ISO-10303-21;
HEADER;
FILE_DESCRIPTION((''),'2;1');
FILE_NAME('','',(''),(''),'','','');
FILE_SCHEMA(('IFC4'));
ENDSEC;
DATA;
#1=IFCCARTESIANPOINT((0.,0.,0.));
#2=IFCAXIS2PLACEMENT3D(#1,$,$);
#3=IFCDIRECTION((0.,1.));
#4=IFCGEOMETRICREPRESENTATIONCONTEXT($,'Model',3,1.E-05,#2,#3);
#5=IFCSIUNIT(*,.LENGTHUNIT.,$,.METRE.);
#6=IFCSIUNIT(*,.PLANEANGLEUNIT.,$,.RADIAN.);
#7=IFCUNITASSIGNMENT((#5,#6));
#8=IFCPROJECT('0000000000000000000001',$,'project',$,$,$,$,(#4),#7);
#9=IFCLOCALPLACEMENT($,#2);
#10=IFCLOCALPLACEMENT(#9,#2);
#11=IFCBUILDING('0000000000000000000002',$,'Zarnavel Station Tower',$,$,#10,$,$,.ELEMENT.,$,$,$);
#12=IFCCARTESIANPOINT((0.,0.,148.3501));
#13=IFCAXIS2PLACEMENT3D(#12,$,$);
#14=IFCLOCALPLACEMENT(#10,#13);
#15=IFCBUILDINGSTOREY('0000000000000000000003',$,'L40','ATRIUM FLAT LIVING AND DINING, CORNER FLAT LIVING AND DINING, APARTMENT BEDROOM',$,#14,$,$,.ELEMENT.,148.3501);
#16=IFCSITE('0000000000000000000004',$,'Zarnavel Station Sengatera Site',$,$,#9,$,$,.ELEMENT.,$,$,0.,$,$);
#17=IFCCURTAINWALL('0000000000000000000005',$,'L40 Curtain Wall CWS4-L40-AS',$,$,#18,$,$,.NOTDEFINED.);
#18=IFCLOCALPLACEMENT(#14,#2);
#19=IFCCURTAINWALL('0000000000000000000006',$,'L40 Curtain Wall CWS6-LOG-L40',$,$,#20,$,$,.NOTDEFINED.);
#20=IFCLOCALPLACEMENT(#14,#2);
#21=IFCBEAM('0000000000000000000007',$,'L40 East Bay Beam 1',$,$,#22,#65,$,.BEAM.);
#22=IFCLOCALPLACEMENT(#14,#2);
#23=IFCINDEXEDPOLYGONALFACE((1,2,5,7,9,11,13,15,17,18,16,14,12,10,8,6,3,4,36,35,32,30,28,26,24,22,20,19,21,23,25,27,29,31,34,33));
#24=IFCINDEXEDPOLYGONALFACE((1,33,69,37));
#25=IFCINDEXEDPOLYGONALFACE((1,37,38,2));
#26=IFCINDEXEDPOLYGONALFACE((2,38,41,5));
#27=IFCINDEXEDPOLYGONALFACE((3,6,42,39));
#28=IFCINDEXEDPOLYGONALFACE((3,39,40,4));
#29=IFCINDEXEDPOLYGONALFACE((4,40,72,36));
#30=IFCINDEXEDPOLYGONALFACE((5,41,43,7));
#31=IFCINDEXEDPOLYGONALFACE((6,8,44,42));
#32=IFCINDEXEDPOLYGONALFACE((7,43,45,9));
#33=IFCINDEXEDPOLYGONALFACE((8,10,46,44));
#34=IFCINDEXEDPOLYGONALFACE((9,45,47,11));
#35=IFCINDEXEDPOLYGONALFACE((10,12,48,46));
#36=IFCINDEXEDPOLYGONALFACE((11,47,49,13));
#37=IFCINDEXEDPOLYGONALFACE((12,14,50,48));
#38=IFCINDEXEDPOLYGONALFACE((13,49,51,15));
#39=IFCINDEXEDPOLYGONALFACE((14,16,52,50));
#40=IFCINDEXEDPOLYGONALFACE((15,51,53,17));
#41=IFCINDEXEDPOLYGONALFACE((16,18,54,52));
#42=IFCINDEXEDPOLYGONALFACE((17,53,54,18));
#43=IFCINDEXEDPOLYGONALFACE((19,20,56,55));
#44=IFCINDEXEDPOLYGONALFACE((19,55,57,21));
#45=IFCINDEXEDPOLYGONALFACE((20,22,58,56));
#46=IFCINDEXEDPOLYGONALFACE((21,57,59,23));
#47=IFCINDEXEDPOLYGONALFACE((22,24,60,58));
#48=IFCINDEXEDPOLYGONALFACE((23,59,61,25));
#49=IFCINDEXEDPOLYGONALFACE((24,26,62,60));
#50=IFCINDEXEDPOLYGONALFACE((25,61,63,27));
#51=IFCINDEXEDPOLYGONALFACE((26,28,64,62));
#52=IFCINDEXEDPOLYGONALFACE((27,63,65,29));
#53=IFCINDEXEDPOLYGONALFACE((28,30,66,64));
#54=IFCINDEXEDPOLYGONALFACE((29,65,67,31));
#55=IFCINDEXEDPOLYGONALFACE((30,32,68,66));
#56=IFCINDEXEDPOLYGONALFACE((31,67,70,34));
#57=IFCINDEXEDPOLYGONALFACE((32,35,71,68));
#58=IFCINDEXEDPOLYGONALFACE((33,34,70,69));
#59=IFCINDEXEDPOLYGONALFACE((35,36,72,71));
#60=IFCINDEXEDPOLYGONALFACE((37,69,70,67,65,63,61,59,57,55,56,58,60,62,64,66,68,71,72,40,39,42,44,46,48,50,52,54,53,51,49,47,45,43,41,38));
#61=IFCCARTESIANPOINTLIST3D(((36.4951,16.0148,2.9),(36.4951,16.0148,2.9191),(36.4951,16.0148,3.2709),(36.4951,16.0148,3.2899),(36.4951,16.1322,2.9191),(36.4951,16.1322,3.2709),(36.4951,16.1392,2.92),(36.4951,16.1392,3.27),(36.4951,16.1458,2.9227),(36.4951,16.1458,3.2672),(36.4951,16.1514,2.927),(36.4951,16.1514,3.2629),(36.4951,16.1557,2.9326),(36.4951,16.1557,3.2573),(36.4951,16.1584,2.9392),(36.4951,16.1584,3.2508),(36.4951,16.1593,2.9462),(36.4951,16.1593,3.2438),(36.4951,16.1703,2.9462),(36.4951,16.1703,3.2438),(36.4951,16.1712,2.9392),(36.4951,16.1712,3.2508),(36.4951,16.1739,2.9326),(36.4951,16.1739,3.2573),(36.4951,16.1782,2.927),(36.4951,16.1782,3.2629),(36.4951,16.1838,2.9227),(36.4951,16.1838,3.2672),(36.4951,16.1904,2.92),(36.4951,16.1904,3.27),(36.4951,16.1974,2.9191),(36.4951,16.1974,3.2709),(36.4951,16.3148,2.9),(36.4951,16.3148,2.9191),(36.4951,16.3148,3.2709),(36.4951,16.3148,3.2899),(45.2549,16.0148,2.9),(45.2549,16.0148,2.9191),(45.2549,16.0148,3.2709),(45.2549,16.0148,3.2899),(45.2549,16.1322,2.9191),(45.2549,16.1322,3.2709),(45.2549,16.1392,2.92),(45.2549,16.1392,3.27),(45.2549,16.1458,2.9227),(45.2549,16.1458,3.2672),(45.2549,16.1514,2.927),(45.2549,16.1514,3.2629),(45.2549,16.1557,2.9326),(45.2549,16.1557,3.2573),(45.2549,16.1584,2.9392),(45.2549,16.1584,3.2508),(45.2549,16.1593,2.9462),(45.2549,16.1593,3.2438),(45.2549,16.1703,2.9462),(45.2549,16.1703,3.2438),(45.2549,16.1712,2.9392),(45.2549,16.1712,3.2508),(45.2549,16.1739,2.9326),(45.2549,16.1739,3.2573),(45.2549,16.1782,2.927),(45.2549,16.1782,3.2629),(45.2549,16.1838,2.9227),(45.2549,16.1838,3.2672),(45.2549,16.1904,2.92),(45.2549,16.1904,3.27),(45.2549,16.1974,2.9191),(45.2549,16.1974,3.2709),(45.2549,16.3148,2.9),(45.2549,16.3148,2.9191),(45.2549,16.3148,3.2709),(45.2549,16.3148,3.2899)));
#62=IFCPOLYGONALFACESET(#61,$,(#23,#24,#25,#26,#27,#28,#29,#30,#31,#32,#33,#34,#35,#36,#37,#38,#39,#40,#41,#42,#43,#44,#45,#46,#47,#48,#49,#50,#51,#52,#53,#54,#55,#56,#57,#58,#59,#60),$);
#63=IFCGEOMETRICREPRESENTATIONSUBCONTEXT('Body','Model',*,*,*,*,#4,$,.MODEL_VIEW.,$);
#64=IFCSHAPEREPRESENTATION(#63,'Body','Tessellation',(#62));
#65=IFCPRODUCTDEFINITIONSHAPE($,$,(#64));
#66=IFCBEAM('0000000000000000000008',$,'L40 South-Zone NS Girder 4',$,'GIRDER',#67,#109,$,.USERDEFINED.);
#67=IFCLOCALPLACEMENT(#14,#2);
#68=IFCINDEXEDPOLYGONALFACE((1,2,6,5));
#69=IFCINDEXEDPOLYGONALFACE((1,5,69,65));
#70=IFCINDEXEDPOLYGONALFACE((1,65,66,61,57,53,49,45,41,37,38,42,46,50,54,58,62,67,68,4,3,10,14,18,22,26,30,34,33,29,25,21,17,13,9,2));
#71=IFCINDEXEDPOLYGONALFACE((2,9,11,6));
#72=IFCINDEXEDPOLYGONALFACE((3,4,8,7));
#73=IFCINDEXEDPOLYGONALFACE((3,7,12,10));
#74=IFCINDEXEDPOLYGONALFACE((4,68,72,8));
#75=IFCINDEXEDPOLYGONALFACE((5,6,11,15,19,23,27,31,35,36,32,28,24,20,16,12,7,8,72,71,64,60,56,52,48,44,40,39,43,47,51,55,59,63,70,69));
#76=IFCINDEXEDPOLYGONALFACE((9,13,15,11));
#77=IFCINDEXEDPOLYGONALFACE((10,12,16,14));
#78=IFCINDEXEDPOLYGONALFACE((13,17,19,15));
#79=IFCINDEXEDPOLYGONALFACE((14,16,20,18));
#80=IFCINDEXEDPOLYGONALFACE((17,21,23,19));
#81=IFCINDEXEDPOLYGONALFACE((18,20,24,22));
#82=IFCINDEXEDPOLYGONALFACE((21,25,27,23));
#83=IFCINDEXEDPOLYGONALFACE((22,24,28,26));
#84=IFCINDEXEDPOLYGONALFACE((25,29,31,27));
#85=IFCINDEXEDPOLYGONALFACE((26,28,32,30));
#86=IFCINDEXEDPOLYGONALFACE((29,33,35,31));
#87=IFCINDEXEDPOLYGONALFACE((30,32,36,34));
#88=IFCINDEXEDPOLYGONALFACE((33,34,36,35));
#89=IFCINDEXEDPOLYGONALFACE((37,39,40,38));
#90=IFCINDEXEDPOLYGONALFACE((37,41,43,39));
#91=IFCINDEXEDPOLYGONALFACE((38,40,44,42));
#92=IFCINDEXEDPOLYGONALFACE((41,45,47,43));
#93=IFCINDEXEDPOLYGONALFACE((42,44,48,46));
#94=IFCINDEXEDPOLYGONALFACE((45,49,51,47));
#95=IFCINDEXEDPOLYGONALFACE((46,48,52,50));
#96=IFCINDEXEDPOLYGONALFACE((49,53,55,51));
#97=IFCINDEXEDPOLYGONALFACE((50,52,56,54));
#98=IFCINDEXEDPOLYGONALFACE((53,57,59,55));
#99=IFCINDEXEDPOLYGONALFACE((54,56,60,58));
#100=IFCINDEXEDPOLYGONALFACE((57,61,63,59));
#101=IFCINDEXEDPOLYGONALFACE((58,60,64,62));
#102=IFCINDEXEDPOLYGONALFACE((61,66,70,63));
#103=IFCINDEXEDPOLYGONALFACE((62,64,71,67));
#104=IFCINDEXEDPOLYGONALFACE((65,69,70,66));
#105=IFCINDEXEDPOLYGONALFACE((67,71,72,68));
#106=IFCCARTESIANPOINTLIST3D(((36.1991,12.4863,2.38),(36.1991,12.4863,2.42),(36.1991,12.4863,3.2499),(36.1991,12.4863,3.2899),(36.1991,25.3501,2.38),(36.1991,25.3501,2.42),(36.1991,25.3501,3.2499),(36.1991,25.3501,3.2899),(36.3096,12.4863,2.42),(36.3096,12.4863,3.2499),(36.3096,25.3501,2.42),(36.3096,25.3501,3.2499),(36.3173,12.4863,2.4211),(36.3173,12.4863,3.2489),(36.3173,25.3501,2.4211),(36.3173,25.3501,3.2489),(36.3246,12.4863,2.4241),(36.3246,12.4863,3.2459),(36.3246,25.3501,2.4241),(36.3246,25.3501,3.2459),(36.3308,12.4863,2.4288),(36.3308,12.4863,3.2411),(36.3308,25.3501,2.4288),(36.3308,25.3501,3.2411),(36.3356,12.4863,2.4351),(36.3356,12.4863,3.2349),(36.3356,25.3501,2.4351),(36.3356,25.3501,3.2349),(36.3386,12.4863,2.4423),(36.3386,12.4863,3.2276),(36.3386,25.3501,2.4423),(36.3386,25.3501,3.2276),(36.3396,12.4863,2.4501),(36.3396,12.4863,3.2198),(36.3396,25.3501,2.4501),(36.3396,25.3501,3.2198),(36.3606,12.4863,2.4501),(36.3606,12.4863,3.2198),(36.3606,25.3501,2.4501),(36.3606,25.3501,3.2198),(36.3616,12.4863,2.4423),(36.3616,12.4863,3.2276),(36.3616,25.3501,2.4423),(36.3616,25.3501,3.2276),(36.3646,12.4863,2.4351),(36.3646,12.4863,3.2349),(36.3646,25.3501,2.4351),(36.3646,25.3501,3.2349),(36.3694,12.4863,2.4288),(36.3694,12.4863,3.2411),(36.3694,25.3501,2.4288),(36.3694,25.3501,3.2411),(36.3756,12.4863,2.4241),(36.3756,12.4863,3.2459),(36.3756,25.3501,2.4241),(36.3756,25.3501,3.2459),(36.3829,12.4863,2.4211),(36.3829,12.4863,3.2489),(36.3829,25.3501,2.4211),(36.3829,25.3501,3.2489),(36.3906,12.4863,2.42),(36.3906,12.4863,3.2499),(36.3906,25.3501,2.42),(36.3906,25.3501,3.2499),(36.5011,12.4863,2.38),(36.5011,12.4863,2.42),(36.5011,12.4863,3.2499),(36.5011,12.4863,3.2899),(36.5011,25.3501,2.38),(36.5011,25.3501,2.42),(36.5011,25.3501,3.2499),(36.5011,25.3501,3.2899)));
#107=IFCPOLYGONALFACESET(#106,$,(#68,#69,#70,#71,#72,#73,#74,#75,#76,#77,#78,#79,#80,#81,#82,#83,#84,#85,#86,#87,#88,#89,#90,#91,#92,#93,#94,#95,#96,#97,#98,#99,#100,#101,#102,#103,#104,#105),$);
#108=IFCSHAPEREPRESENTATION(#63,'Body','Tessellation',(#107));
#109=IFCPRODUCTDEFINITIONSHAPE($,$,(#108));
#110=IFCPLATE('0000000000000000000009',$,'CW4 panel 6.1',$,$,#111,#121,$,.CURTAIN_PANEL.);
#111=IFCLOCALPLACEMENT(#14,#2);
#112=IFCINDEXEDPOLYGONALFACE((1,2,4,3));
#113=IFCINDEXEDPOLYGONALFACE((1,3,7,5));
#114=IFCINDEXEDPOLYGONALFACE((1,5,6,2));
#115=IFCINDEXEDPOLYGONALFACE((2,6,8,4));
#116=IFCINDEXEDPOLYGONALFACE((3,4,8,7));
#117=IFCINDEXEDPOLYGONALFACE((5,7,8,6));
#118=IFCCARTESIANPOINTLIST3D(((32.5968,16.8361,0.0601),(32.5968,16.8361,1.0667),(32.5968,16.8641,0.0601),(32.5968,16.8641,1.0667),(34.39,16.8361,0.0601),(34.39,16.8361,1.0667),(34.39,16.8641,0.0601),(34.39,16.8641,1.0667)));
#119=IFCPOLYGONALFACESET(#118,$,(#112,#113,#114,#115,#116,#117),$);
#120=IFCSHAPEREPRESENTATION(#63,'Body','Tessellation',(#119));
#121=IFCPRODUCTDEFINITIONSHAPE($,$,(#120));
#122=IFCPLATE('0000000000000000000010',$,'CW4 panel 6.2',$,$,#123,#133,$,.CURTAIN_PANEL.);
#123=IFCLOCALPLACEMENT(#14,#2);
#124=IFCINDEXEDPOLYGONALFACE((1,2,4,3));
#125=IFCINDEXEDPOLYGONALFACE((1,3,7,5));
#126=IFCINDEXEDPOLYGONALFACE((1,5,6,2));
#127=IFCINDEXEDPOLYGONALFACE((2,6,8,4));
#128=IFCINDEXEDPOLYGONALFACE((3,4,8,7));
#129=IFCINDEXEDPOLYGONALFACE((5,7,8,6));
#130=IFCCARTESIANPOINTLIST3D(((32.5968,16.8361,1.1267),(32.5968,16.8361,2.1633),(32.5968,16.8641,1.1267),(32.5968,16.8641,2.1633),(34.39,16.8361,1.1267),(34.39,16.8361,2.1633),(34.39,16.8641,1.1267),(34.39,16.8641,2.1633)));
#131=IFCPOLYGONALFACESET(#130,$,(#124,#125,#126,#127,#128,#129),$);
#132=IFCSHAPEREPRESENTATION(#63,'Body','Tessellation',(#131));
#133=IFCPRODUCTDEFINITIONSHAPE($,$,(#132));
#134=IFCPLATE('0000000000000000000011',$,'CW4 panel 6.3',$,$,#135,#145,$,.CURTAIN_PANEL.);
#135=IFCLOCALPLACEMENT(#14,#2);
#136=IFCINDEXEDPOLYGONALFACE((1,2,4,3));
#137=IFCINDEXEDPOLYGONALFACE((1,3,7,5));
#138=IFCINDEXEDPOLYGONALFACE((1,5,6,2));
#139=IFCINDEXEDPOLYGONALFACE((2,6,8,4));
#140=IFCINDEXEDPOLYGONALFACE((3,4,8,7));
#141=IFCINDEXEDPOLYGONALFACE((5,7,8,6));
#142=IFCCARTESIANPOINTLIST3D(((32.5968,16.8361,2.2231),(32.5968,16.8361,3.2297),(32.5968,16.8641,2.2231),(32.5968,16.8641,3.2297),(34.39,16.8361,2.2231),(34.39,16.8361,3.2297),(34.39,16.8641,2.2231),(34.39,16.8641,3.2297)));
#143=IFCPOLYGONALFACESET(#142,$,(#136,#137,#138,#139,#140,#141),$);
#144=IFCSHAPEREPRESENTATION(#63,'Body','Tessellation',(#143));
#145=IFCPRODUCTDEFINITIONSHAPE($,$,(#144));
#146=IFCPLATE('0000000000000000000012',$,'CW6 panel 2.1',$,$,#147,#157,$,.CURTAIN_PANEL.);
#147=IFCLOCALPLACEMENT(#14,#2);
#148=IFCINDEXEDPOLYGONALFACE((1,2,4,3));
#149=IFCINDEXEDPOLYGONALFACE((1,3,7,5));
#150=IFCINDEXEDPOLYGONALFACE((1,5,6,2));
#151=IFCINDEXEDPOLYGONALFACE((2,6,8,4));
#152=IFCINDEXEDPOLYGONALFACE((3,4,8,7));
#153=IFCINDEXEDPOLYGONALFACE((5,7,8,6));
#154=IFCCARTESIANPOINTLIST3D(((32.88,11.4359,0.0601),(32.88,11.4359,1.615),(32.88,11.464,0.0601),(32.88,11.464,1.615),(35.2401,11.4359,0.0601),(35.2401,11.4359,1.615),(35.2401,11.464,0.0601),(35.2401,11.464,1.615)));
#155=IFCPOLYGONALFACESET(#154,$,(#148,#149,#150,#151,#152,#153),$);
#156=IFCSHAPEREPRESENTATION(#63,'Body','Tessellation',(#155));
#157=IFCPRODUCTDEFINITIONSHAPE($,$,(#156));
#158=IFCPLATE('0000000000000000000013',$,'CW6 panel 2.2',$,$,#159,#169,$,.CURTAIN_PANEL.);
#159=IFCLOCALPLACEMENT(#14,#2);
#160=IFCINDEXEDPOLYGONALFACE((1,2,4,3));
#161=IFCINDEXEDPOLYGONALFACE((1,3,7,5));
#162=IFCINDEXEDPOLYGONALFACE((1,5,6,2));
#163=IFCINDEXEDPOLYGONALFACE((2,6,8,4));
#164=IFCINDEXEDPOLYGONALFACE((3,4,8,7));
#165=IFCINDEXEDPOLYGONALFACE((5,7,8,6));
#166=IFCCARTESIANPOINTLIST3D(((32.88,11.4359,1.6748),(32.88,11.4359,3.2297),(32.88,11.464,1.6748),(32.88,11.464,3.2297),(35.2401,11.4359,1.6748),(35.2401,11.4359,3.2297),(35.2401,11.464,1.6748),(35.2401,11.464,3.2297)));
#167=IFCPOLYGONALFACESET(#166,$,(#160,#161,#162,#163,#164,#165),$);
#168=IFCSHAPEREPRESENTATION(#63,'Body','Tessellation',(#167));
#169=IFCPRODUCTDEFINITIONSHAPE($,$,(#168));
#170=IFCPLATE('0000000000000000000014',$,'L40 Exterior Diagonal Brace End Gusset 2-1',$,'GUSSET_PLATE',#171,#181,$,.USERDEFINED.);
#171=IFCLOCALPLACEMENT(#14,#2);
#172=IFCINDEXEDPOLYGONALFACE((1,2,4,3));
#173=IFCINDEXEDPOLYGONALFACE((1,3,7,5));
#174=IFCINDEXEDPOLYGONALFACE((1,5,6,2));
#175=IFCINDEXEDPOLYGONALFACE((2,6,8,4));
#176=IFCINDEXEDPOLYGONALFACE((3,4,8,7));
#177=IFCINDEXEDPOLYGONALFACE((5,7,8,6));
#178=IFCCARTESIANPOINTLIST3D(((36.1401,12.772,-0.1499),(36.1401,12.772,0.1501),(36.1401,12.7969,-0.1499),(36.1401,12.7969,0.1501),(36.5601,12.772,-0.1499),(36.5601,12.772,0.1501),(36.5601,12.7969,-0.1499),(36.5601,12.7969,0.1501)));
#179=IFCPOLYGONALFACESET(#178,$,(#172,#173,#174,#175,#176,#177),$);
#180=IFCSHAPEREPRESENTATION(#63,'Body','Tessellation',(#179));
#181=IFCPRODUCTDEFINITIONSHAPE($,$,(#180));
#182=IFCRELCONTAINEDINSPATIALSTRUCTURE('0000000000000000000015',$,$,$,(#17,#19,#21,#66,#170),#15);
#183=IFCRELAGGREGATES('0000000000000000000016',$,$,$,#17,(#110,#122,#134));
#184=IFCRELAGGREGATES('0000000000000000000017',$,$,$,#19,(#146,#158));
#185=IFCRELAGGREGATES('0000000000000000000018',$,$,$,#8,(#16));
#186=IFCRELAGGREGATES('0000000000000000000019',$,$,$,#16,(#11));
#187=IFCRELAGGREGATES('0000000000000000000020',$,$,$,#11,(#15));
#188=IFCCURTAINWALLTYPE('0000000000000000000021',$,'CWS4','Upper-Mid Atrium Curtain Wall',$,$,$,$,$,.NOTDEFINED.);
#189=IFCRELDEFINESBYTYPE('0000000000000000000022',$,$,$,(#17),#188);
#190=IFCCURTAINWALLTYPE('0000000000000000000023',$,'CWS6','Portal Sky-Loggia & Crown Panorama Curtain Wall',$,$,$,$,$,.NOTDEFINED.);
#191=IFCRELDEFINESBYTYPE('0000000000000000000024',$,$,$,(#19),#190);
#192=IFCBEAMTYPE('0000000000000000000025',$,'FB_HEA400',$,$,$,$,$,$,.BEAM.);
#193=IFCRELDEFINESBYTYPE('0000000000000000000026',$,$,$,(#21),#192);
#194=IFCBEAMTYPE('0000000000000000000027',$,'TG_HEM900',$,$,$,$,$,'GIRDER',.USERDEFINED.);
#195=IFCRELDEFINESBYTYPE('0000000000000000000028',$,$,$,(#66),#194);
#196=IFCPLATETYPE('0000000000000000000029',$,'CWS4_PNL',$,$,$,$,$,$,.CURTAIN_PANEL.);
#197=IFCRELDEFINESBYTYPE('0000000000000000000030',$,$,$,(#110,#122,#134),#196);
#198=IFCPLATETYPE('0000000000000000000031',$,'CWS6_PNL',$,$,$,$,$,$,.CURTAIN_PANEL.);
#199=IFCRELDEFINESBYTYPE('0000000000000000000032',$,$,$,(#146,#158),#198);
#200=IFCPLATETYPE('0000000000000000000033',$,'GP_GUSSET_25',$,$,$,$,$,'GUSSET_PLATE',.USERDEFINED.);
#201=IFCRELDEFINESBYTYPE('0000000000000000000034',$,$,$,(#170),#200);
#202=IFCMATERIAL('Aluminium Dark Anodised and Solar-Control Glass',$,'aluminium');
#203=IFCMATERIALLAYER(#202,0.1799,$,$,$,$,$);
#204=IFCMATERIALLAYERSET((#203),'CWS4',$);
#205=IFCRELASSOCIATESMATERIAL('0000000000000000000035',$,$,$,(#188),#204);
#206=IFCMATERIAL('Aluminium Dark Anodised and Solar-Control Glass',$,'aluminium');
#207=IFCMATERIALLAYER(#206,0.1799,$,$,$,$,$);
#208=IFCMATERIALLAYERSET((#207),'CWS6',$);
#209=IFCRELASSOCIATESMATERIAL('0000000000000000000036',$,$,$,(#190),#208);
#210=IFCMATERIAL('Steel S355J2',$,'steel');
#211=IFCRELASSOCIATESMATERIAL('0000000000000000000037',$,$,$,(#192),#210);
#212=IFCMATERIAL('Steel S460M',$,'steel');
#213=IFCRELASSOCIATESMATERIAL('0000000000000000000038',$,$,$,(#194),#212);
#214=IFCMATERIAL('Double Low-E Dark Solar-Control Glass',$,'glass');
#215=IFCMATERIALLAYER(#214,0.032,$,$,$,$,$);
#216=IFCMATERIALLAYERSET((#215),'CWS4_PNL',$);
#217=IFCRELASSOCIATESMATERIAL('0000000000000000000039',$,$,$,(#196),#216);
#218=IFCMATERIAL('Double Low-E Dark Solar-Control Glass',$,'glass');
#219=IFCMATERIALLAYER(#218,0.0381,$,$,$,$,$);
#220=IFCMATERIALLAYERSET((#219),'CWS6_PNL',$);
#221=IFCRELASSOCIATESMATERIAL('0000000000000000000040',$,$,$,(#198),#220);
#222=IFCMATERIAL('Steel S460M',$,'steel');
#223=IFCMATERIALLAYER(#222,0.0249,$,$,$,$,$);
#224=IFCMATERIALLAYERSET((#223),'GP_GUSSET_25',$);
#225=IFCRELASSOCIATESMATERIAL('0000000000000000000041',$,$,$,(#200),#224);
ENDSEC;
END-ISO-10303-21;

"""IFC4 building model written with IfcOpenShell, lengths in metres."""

from ifc_helpers import new_model, si_unit, direction, frame, origin, origin_2d, place, context, subcontext, project, spatial, rectangle, i_section, extrude, material, layer, layer_set, material_profile, profile_set, type_object, element, aggregate, save


model = new_model("IFC4")

# Units and contexts
model_context = context("Model", 3, precision=1e-05, world=origin(), true_north=direction((0.0, 1.0)))
body_context = subcontext(model_context, "Body", "Model", "MODEL_VIEW")
ifc_project = project(units=[si_unit("LENGTHUNIT", "METRE"), si_unit("PLANEANGLEUNIT", "RADIAN")], contexts=[model_context])

# Site, building, storey
site_placement = place(None, origin())
site = spatial("IfcSite", under=ifc_project, at=site_placement, Name="Zarnavel Station Sengatera Site", CompositionType="ELEMENT", RefElevation=0.0)
building_placement = place(site_placement, origin())
building = spatial("IfcBuilding", under=site, at=building_placement, Name="Zarnavel Station Tower", CompositionType="ELEMENT")
storey_placement = place(building_placement, frame((0.0, 0.0, 148.3501)))
storey = spatial("IfcBuildingStorey", under=building, at=storey_placement, Name="L40", Description="ATRIUM FLAT LIVING AND DINING, CORNER FLAT LIVING AND DINING, APARTMENT BEDROOM", CompositionType="ELEMENT", Elevation=148.3501)

# Curtain walls
ifc_material_1 = material(Name="Aluminium Dark Anodised and Solar-Control Glass", Category="aluminium")
ifc_layer_1 = layer(ifc_material_1, 0.1799)
ifc_layer_set_1 = layer_set([ifc_layer_1], Name="CWS4")
curtain_wall_type_1 = type_object("IfcCurtainWallType", Name="CWS4", Description="Upper-Mid Atrium Curtain Wall", PredefinedType="NOTDEFINED", material=ifc_layer_set_1)
curtain_wall_1_placement = place(storey_placement, origin())
curtain_wall_1 = element("IfcCurtainWall", 1, at=curtain_wall_1_placement, inside=storey, type_object=curtain_wall_type_1, Name="L40 Curtain Wall CWS4-L40-AS", PredefinedType="NOTDEFINED")
ifc_material_2 = material(Name="Aluminium Dark Anodised and Solar-Control Glass", Category="aluminium")
ifc_layer_2 = layer(ifc_material_2, 0.1799)
ifc_layer_set_2 = layer_set([ifc_layer_2], Name="CWS6")
curtain_wall_type_2 = type_object("IfcCurtainWallType", Name="CWS6", Description="Portal Sky-Loggia & Crown Panorama Curtain Wall", PredefinedType="NOTDEFINED", material=ifc_layer_set_2)
curtain_wall_2_placement = place(storey_placement, origin())
curtain_wall_2 = element("IfcCurtainWall", 2, at=curtain_wall_2_placement, inside=storey, type_object=curtain_wall_type_2, Name="L40 Curtain Wall CWS6-LOG-L40", PredefinedType="NOTDEFINED")

# Beams
ifc_material_3 = material(Name="Steel S355J2", Category="steel")
ifc_material_profile_1 = material_profile(ifc_material_3, i_section(OverallWidth=0.3, OverallDepth=0.3899, WebThickness=0.011, FlangeThickness=0.019, FilletRadius=0.0271, at=origin_2d()), Name="HEA400")
ifc_profile_set_1 = profile_set([ifc_material_profile_1], Name="Steel S355J2")
beam_type_1 = type_object("IfcBeamType", Name="FB_HEA400", PredefinedType="BEAM", material=ifc_profile_set_1)
beam_1_placement = place(storey_placement, frame((36.4951, 16.1648, 3.095), z_axis=(1.0, 0.0, 0.0), x_axis=(0.0, 1.0, 0.0)))
element("IfcBeam", 3, at=beam_1_placement, inside=storey, type_object=beam_type_1, Name="L40 East Bay Beam 1", PredefinedType="BEAM", context=body_context, shape_type="SweptSolid", body=[
    extrude(i_section(OverallWidth=0.3, OverallDepth=0.3899, WebThickness=0.011, FlangeThickness=0.019, FilletRadius=0.0271, at=origin_2d()), origin(), (0.0, 0.0, 1.0), 8.7598),
])
ifc_material_4 = material(Name="Steel S460M", Category="steel")
ifc_material_profile_2 = material_profile(ifc_material_4, i_section(OverallWidth=0.302, OverallDepth=0.9099, WebThickness=0.021, FlangeThickness=0.04, FilletRadius=0.03, at=origin_2d()), Name="HEM900")
ifc_profile_set_2 = profile_set([ifc_material_profile_2], Name="Steel S460M")
beam_type_2 = type_object("IfcBeamType", Name="TG_HEM900", ElementType="GIRDER", PredefinedType="USERDEFINED", material=ifc_profile_set_2)
beam_2_placement = place(storey_placement, frame((36.3501, 12.4863, 2.835), z_axis=(0.0, 1.0, 0.0), x_axis=(-1.0, 0.0, 0.0)))
element("IfcBeam", 4, at=beam_2_placement, inside=storey, type_object=beam_type_2, Name="L40 South-Zone NS Girder 4", ObjectType="GIRDER", PredefinedType="USERDEFINED", context=body_context, shape_type="SweptSolid", body=[
    extrude(i_section(OverallWidth=0.302, OverallDepth=0.9099, WebThickness=0.021, FlangeThickness=0.04, FilletRadius=0.03, at=origin_2d()), origin(), (0.0, 0.0, 1.0), 12.8638),
])

# Plates
ifc_material_5 = material(Name="Double Low-E Dark Solar-Control Glass", Category="glass")
ifc_layer_3 = layer(ifc_material_5, 0.032)
ifc_layer_set_3 = layer_set([ifc_layer_3], Name="CWS4_PNL")
plate_type_1 = type_object("IfcPlateType", Name="CWS4_PNL", PredefinedType="CURTAIN_PANEL", material=ifc_layer_set_3)
plate_1_placement = place(storey_placement, frame((33.4934, 16.8501, 0.0601), z_axis=(0.0, 0.0, 1.0), x_axis=(1.0, 0.0, 0.0)))
plate_1 = element("IfcPlate", 5, at=plate_1_placement, type_object=plate_type_1, Name="CW4 panel 6.1", PredefinedType="CURTAIN_PANEL", context=body_context, shape_type="SweptSolid", body=[
    extrude(rectangle(XDim=1.7932, YDim=0.0281, at=origin_2d()), origin(), (0.0, 0.0, 1.0), 1.0066),
])
plate_2_placement = place(storey_placement, frame((33.4934, 16.8501, 1.1267), z_axis=(0.0, 0.0, 1.0), x_axis=(1.0, 0.0, 0.0)))
plate_2 = element("IfcPlate", 6, at=plate_2_placement, type_object=plate_type_1, Name="CW4 panel 6.2", PredefinedType="CURTAIN_PANEL", context=body_context, shape_type="SweptSolid", body=[
    extrude(rectangle(XDim=1.7932, YDim=0.0281, at=origin_2d()), origin(), (0.0, 0.0, 1.0), 1.0366),
])
plate_3_placement = place(storey_placement, frame((33.4934, 16.8501, 2.2231), z_axis=(0.0, 0.0, 1.0), x_axis=(1.0, 0.0, 0.0)))
plate_3 = element("IfcPlate", 7, at=plate_3_placement, type_object=plate_type_1, Name="CW4 panel 6.3", PredefinedType="CURTAIN_PANEL", context=body_context, shape_type="SweptSolid", body=[
    extrude(rectangle(XDim=1.7932, YDim=0.0281, at=origin_2d()), origin(), (0.0, 0.0, 1.0), 1.0066),
])
aggregate(curtain_wall_1, [plate_1, plate_2, plate_3])
ifc_material_6 = material(Name="Double Low-E Dark Solar-Control Glass", Category="glass")
ifc_layer_4 = layer(ifc_material_6, 0.0381)
ifc_layer_set_4 = layer_set([ifc_layer_4], Name="CWS6_PNL")
plate_type_2 = type_object("IfcPlateType", Name="CWS6_PNL", PredefinedType="CURTAIN_PANEL", material=ifc_layer_set_4)
plate_4_placement = place(storey_placement, frame((34.0601, 11.45, 0.0601), z_axis=(0.0, 0.0, 1.0), x_axis=(1.0, 0.0, 0.0)))
plate_4 = element("IfcPlate", 8, at=plate_4_placement, type_object=plate_type_2, Name="CW6 panel 2.1", PredefinedType="CURTAIN_PANEL", context=body_context, shape_type="SweptSolid", body=[
    extrude(rectangle(XDim=2.3601, YDim=0.0281, at=origin_2d()), origin(), (0.0, 0.0, 1.0), 1.5549),
])
plate_5_placement = place(storey_placement, frame((34.0601, 11.45, 1.6748), z_axis=(0.0, 0.0, 1.0), x_axis=(1.0, 0.0, 0.0)))
plate_5 = element("IfcPlate", 9, at=plate_5_placement, type_object=plate_type_2, Name="CW6 panel 2.2", PredefinedType="CURTAIN_PANEL", context=body_context, shape_type="SweptSolid", body=[
    extrude(rectangle(XDim=2.3601, YDim=0.0281, at=origin_2d()), origin(), (0.0, 0.0, 1.0), 1.5549),
])
aggregate(curtain_wall_2, [plate_4, plate_5])
ifc_material_7 = material(Name="Steel S460M", Category="steel")
ifc_layer_5 = layer(ifc_material_7, 0.0249)
ifc_layer_set_5 = layer_set([ifc_layer_5], Name="GP_GUSSET_25")
plate_type_3 = type_object("IfcPlateType", Name="GP_GUSSET_25", ElementType="GUSSET_PLATE", PredefinedType="USERDEFINED", material=ifc_layer_set_5)
plate_6_placement = place(storey_placement, frame((36.3501, 12.7844, -0.1499), z_axis=(0.0, 0.0, 1.0), x_axis=(1.0, 0.0, 0.0)))
element("IfcPlate", 10, at=plate_6_placement, inside=storey, type_object=plate_type_3, Name="L40 Exterior Diagonal Brace End Gusset 2-1", ObjectType="GUSSET_PLATE", PredefinedType="USERDEFINED", context=body_context, shape_type="SweptSolid", body=[
    extrude(rectangle(XDim=0.4199, YDim=0.0249, at=origin_2d()), origin(), (0.0, 0.0, 1.0), 0.3),
])

save(model, "model.ifc")
